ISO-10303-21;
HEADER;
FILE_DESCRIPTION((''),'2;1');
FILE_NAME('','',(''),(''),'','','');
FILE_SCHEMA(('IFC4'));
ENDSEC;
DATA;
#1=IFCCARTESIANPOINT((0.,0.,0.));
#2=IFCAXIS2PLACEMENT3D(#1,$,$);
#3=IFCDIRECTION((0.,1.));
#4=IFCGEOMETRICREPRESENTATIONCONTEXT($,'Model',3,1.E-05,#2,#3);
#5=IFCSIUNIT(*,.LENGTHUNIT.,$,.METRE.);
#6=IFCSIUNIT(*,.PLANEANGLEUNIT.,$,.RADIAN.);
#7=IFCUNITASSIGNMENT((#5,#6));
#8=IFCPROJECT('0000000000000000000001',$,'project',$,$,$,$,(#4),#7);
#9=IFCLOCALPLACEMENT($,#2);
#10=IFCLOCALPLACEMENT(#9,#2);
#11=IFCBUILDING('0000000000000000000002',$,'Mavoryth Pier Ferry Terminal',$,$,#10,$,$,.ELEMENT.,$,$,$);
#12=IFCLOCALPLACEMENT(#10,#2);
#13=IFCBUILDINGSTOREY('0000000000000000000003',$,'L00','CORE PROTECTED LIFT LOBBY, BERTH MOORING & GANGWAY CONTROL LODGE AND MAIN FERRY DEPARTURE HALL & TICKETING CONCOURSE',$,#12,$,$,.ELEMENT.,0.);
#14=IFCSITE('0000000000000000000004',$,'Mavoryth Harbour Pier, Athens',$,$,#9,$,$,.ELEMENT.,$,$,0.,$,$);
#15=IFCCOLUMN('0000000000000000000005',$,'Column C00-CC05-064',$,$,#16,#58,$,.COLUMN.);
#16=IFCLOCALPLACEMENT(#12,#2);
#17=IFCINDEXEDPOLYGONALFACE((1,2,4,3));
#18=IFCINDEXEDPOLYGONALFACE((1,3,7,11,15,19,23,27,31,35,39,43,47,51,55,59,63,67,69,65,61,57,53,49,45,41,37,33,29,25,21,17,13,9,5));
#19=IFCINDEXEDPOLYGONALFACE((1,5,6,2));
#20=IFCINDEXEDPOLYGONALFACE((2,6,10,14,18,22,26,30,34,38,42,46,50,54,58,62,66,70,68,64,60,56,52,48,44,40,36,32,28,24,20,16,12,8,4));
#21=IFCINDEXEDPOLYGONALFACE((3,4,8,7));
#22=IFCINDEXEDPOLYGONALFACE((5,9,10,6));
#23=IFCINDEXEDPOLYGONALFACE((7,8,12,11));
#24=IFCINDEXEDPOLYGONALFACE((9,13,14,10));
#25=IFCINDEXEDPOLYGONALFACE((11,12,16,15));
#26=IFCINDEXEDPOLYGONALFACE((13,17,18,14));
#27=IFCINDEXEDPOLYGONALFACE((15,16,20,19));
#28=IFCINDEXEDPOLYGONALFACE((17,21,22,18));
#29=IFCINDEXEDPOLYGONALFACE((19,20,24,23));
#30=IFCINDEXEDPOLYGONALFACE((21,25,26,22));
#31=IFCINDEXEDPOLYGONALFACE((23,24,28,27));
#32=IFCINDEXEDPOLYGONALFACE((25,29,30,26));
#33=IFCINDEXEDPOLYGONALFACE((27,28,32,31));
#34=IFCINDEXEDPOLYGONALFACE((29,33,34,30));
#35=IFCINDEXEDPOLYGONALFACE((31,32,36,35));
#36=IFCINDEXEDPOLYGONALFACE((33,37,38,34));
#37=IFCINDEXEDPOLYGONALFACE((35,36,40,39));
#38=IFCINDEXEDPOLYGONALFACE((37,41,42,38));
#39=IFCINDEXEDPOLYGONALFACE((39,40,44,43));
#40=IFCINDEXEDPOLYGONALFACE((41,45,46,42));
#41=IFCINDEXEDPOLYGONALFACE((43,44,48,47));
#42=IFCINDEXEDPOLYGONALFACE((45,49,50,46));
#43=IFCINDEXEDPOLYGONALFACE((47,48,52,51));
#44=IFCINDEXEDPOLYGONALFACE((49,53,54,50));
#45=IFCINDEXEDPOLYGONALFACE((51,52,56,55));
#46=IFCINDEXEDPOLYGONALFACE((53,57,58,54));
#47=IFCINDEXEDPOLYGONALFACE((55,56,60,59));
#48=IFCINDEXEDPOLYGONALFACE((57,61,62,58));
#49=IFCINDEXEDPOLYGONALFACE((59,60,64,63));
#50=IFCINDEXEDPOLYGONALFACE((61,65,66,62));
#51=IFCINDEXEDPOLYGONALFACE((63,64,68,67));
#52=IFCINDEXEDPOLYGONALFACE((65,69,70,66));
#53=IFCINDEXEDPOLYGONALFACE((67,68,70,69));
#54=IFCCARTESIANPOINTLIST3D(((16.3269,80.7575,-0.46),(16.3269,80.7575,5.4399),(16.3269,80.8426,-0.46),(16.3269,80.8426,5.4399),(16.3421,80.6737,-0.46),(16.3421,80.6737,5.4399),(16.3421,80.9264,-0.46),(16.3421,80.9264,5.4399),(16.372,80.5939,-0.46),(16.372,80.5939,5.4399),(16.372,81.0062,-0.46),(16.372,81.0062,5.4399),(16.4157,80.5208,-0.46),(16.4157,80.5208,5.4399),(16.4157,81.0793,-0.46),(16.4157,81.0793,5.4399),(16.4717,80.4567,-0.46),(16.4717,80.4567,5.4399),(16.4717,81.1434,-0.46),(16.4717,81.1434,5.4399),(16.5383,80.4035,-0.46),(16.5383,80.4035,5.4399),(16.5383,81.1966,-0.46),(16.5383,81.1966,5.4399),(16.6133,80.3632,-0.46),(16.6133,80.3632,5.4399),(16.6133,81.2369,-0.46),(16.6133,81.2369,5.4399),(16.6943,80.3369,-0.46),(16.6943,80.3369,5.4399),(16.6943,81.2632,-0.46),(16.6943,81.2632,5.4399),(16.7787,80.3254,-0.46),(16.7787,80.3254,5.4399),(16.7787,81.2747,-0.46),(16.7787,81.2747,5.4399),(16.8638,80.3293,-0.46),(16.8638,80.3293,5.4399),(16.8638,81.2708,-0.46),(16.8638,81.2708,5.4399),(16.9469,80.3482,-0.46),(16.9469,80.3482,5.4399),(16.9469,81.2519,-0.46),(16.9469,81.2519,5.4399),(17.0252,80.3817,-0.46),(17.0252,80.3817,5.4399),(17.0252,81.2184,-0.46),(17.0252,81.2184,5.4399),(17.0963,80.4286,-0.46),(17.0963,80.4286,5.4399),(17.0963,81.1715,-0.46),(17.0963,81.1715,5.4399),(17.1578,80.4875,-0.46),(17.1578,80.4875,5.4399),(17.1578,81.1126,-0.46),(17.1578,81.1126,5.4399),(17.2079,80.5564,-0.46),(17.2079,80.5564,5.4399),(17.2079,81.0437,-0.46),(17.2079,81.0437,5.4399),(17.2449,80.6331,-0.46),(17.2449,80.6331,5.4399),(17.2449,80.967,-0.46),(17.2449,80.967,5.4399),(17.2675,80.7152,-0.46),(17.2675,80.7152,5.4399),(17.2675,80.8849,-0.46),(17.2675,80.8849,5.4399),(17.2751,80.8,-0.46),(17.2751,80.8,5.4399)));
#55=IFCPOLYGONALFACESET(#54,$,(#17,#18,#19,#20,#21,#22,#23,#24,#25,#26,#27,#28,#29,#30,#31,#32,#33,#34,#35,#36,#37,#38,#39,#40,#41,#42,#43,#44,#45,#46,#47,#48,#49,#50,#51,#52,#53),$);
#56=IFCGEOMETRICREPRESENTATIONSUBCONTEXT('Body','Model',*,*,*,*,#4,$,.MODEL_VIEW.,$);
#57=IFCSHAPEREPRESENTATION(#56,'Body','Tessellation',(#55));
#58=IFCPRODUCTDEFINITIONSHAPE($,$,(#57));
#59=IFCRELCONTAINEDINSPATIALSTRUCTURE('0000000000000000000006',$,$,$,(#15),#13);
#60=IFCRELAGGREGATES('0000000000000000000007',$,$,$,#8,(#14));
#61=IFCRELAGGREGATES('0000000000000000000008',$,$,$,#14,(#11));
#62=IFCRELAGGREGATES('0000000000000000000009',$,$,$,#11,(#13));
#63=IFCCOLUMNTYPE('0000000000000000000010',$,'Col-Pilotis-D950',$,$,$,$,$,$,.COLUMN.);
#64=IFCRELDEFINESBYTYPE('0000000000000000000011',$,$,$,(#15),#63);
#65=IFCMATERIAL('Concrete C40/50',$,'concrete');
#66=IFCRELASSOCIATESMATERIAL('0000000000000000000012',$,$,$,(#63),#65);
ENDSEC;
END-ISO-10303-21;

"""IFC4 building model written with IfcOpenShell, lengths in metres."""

from ifc_helpers import new_model, si_unit, direction, frame, origin, origin_2d, place, context, subcontext, project, spatial, circle, extrude, material, material_profile, profile_set, type_object, element, save


model = new_model("IFC4")

# Units and contexts
model_context = context("Model", 3, precision=1e-05, world=origin(), true_north=direction((0.0, 1.0)))
body_context = subcontext(model_context, "Body", "Model", "MODEL_VIEW")
ifc_project = project(units=[si_unit("LENGTHUNIT", "METRE"), si_unit("PLANEANGLEUNIT", "RADIAN")], contexts=[model_context])

# Site, building, storey
site_placement = place(None, origin())
site = spatial("IfcSite", under=ifc_project, at=site_placement, Name="Mavoryth Harbour Pier, Athens", CompositionType="ELEMENT", RefElevation=0.0)
building_placement = place(site_placement, origin())
building = spatial("IfcBuilding", under=site, at=building_placement, Name="Mavoryth Pier Ferry Terminal", CompositionType="ELEMENT")
storey_placement = place(building_placement, origin())
storey = spatial("IfcBuildingStorey", under=building, at=storey_placement, Name="L00", Description="CORE PROTECTED LIFT LOBBY, BERTH MOORING & GANGWAY CONTROL LODGE AND MAIN FERRY DEPARTURE HALL & TICKETING CONCOURSE", CompositionType="ELEMENT", Elevation=0.0)

# Column
ifc_material_1 = material(Name="Concrete C40/50", Category="concrete")
ifc_material_profile_1 = material_profile(ifc_material_1, circle(Radius=0.4751, at=origin_2d()), Name="RC D950", Category="concrete")
ifc_profile_set_1 = profile_set([ifc_material_profile_1], Name="Concrete C40/50 - RC D950")
column_type = type_object("IfcColumnType", Name="Col-Pilotis-D950", PredefinedType="COLUMN", material=ifc_profile_set_1)
for number, where, z_axis, x_axis, name in (
    (1, (16.8, 80.8, -0.46), (0.0, 0.0, 1.0), (1.0, 0.0, 0.0), "Column C00-CC05-064"),
):
    element("IfcColumn", number, at=place(storey_placement, frame(where, z_axis=z_axis, x_axis=x_axis)), inside=storey, type_object=column_type, Name=name, PredefinedType="COLUMN", context=body_context, shape_type="SweptSolid", body=[
        extrude(circle(Radius=0.4751, at=origin_2d()), origin(), (0.0, 0.0, 1.0), 5.8999),
    ])

save(model, "model.ifc")
